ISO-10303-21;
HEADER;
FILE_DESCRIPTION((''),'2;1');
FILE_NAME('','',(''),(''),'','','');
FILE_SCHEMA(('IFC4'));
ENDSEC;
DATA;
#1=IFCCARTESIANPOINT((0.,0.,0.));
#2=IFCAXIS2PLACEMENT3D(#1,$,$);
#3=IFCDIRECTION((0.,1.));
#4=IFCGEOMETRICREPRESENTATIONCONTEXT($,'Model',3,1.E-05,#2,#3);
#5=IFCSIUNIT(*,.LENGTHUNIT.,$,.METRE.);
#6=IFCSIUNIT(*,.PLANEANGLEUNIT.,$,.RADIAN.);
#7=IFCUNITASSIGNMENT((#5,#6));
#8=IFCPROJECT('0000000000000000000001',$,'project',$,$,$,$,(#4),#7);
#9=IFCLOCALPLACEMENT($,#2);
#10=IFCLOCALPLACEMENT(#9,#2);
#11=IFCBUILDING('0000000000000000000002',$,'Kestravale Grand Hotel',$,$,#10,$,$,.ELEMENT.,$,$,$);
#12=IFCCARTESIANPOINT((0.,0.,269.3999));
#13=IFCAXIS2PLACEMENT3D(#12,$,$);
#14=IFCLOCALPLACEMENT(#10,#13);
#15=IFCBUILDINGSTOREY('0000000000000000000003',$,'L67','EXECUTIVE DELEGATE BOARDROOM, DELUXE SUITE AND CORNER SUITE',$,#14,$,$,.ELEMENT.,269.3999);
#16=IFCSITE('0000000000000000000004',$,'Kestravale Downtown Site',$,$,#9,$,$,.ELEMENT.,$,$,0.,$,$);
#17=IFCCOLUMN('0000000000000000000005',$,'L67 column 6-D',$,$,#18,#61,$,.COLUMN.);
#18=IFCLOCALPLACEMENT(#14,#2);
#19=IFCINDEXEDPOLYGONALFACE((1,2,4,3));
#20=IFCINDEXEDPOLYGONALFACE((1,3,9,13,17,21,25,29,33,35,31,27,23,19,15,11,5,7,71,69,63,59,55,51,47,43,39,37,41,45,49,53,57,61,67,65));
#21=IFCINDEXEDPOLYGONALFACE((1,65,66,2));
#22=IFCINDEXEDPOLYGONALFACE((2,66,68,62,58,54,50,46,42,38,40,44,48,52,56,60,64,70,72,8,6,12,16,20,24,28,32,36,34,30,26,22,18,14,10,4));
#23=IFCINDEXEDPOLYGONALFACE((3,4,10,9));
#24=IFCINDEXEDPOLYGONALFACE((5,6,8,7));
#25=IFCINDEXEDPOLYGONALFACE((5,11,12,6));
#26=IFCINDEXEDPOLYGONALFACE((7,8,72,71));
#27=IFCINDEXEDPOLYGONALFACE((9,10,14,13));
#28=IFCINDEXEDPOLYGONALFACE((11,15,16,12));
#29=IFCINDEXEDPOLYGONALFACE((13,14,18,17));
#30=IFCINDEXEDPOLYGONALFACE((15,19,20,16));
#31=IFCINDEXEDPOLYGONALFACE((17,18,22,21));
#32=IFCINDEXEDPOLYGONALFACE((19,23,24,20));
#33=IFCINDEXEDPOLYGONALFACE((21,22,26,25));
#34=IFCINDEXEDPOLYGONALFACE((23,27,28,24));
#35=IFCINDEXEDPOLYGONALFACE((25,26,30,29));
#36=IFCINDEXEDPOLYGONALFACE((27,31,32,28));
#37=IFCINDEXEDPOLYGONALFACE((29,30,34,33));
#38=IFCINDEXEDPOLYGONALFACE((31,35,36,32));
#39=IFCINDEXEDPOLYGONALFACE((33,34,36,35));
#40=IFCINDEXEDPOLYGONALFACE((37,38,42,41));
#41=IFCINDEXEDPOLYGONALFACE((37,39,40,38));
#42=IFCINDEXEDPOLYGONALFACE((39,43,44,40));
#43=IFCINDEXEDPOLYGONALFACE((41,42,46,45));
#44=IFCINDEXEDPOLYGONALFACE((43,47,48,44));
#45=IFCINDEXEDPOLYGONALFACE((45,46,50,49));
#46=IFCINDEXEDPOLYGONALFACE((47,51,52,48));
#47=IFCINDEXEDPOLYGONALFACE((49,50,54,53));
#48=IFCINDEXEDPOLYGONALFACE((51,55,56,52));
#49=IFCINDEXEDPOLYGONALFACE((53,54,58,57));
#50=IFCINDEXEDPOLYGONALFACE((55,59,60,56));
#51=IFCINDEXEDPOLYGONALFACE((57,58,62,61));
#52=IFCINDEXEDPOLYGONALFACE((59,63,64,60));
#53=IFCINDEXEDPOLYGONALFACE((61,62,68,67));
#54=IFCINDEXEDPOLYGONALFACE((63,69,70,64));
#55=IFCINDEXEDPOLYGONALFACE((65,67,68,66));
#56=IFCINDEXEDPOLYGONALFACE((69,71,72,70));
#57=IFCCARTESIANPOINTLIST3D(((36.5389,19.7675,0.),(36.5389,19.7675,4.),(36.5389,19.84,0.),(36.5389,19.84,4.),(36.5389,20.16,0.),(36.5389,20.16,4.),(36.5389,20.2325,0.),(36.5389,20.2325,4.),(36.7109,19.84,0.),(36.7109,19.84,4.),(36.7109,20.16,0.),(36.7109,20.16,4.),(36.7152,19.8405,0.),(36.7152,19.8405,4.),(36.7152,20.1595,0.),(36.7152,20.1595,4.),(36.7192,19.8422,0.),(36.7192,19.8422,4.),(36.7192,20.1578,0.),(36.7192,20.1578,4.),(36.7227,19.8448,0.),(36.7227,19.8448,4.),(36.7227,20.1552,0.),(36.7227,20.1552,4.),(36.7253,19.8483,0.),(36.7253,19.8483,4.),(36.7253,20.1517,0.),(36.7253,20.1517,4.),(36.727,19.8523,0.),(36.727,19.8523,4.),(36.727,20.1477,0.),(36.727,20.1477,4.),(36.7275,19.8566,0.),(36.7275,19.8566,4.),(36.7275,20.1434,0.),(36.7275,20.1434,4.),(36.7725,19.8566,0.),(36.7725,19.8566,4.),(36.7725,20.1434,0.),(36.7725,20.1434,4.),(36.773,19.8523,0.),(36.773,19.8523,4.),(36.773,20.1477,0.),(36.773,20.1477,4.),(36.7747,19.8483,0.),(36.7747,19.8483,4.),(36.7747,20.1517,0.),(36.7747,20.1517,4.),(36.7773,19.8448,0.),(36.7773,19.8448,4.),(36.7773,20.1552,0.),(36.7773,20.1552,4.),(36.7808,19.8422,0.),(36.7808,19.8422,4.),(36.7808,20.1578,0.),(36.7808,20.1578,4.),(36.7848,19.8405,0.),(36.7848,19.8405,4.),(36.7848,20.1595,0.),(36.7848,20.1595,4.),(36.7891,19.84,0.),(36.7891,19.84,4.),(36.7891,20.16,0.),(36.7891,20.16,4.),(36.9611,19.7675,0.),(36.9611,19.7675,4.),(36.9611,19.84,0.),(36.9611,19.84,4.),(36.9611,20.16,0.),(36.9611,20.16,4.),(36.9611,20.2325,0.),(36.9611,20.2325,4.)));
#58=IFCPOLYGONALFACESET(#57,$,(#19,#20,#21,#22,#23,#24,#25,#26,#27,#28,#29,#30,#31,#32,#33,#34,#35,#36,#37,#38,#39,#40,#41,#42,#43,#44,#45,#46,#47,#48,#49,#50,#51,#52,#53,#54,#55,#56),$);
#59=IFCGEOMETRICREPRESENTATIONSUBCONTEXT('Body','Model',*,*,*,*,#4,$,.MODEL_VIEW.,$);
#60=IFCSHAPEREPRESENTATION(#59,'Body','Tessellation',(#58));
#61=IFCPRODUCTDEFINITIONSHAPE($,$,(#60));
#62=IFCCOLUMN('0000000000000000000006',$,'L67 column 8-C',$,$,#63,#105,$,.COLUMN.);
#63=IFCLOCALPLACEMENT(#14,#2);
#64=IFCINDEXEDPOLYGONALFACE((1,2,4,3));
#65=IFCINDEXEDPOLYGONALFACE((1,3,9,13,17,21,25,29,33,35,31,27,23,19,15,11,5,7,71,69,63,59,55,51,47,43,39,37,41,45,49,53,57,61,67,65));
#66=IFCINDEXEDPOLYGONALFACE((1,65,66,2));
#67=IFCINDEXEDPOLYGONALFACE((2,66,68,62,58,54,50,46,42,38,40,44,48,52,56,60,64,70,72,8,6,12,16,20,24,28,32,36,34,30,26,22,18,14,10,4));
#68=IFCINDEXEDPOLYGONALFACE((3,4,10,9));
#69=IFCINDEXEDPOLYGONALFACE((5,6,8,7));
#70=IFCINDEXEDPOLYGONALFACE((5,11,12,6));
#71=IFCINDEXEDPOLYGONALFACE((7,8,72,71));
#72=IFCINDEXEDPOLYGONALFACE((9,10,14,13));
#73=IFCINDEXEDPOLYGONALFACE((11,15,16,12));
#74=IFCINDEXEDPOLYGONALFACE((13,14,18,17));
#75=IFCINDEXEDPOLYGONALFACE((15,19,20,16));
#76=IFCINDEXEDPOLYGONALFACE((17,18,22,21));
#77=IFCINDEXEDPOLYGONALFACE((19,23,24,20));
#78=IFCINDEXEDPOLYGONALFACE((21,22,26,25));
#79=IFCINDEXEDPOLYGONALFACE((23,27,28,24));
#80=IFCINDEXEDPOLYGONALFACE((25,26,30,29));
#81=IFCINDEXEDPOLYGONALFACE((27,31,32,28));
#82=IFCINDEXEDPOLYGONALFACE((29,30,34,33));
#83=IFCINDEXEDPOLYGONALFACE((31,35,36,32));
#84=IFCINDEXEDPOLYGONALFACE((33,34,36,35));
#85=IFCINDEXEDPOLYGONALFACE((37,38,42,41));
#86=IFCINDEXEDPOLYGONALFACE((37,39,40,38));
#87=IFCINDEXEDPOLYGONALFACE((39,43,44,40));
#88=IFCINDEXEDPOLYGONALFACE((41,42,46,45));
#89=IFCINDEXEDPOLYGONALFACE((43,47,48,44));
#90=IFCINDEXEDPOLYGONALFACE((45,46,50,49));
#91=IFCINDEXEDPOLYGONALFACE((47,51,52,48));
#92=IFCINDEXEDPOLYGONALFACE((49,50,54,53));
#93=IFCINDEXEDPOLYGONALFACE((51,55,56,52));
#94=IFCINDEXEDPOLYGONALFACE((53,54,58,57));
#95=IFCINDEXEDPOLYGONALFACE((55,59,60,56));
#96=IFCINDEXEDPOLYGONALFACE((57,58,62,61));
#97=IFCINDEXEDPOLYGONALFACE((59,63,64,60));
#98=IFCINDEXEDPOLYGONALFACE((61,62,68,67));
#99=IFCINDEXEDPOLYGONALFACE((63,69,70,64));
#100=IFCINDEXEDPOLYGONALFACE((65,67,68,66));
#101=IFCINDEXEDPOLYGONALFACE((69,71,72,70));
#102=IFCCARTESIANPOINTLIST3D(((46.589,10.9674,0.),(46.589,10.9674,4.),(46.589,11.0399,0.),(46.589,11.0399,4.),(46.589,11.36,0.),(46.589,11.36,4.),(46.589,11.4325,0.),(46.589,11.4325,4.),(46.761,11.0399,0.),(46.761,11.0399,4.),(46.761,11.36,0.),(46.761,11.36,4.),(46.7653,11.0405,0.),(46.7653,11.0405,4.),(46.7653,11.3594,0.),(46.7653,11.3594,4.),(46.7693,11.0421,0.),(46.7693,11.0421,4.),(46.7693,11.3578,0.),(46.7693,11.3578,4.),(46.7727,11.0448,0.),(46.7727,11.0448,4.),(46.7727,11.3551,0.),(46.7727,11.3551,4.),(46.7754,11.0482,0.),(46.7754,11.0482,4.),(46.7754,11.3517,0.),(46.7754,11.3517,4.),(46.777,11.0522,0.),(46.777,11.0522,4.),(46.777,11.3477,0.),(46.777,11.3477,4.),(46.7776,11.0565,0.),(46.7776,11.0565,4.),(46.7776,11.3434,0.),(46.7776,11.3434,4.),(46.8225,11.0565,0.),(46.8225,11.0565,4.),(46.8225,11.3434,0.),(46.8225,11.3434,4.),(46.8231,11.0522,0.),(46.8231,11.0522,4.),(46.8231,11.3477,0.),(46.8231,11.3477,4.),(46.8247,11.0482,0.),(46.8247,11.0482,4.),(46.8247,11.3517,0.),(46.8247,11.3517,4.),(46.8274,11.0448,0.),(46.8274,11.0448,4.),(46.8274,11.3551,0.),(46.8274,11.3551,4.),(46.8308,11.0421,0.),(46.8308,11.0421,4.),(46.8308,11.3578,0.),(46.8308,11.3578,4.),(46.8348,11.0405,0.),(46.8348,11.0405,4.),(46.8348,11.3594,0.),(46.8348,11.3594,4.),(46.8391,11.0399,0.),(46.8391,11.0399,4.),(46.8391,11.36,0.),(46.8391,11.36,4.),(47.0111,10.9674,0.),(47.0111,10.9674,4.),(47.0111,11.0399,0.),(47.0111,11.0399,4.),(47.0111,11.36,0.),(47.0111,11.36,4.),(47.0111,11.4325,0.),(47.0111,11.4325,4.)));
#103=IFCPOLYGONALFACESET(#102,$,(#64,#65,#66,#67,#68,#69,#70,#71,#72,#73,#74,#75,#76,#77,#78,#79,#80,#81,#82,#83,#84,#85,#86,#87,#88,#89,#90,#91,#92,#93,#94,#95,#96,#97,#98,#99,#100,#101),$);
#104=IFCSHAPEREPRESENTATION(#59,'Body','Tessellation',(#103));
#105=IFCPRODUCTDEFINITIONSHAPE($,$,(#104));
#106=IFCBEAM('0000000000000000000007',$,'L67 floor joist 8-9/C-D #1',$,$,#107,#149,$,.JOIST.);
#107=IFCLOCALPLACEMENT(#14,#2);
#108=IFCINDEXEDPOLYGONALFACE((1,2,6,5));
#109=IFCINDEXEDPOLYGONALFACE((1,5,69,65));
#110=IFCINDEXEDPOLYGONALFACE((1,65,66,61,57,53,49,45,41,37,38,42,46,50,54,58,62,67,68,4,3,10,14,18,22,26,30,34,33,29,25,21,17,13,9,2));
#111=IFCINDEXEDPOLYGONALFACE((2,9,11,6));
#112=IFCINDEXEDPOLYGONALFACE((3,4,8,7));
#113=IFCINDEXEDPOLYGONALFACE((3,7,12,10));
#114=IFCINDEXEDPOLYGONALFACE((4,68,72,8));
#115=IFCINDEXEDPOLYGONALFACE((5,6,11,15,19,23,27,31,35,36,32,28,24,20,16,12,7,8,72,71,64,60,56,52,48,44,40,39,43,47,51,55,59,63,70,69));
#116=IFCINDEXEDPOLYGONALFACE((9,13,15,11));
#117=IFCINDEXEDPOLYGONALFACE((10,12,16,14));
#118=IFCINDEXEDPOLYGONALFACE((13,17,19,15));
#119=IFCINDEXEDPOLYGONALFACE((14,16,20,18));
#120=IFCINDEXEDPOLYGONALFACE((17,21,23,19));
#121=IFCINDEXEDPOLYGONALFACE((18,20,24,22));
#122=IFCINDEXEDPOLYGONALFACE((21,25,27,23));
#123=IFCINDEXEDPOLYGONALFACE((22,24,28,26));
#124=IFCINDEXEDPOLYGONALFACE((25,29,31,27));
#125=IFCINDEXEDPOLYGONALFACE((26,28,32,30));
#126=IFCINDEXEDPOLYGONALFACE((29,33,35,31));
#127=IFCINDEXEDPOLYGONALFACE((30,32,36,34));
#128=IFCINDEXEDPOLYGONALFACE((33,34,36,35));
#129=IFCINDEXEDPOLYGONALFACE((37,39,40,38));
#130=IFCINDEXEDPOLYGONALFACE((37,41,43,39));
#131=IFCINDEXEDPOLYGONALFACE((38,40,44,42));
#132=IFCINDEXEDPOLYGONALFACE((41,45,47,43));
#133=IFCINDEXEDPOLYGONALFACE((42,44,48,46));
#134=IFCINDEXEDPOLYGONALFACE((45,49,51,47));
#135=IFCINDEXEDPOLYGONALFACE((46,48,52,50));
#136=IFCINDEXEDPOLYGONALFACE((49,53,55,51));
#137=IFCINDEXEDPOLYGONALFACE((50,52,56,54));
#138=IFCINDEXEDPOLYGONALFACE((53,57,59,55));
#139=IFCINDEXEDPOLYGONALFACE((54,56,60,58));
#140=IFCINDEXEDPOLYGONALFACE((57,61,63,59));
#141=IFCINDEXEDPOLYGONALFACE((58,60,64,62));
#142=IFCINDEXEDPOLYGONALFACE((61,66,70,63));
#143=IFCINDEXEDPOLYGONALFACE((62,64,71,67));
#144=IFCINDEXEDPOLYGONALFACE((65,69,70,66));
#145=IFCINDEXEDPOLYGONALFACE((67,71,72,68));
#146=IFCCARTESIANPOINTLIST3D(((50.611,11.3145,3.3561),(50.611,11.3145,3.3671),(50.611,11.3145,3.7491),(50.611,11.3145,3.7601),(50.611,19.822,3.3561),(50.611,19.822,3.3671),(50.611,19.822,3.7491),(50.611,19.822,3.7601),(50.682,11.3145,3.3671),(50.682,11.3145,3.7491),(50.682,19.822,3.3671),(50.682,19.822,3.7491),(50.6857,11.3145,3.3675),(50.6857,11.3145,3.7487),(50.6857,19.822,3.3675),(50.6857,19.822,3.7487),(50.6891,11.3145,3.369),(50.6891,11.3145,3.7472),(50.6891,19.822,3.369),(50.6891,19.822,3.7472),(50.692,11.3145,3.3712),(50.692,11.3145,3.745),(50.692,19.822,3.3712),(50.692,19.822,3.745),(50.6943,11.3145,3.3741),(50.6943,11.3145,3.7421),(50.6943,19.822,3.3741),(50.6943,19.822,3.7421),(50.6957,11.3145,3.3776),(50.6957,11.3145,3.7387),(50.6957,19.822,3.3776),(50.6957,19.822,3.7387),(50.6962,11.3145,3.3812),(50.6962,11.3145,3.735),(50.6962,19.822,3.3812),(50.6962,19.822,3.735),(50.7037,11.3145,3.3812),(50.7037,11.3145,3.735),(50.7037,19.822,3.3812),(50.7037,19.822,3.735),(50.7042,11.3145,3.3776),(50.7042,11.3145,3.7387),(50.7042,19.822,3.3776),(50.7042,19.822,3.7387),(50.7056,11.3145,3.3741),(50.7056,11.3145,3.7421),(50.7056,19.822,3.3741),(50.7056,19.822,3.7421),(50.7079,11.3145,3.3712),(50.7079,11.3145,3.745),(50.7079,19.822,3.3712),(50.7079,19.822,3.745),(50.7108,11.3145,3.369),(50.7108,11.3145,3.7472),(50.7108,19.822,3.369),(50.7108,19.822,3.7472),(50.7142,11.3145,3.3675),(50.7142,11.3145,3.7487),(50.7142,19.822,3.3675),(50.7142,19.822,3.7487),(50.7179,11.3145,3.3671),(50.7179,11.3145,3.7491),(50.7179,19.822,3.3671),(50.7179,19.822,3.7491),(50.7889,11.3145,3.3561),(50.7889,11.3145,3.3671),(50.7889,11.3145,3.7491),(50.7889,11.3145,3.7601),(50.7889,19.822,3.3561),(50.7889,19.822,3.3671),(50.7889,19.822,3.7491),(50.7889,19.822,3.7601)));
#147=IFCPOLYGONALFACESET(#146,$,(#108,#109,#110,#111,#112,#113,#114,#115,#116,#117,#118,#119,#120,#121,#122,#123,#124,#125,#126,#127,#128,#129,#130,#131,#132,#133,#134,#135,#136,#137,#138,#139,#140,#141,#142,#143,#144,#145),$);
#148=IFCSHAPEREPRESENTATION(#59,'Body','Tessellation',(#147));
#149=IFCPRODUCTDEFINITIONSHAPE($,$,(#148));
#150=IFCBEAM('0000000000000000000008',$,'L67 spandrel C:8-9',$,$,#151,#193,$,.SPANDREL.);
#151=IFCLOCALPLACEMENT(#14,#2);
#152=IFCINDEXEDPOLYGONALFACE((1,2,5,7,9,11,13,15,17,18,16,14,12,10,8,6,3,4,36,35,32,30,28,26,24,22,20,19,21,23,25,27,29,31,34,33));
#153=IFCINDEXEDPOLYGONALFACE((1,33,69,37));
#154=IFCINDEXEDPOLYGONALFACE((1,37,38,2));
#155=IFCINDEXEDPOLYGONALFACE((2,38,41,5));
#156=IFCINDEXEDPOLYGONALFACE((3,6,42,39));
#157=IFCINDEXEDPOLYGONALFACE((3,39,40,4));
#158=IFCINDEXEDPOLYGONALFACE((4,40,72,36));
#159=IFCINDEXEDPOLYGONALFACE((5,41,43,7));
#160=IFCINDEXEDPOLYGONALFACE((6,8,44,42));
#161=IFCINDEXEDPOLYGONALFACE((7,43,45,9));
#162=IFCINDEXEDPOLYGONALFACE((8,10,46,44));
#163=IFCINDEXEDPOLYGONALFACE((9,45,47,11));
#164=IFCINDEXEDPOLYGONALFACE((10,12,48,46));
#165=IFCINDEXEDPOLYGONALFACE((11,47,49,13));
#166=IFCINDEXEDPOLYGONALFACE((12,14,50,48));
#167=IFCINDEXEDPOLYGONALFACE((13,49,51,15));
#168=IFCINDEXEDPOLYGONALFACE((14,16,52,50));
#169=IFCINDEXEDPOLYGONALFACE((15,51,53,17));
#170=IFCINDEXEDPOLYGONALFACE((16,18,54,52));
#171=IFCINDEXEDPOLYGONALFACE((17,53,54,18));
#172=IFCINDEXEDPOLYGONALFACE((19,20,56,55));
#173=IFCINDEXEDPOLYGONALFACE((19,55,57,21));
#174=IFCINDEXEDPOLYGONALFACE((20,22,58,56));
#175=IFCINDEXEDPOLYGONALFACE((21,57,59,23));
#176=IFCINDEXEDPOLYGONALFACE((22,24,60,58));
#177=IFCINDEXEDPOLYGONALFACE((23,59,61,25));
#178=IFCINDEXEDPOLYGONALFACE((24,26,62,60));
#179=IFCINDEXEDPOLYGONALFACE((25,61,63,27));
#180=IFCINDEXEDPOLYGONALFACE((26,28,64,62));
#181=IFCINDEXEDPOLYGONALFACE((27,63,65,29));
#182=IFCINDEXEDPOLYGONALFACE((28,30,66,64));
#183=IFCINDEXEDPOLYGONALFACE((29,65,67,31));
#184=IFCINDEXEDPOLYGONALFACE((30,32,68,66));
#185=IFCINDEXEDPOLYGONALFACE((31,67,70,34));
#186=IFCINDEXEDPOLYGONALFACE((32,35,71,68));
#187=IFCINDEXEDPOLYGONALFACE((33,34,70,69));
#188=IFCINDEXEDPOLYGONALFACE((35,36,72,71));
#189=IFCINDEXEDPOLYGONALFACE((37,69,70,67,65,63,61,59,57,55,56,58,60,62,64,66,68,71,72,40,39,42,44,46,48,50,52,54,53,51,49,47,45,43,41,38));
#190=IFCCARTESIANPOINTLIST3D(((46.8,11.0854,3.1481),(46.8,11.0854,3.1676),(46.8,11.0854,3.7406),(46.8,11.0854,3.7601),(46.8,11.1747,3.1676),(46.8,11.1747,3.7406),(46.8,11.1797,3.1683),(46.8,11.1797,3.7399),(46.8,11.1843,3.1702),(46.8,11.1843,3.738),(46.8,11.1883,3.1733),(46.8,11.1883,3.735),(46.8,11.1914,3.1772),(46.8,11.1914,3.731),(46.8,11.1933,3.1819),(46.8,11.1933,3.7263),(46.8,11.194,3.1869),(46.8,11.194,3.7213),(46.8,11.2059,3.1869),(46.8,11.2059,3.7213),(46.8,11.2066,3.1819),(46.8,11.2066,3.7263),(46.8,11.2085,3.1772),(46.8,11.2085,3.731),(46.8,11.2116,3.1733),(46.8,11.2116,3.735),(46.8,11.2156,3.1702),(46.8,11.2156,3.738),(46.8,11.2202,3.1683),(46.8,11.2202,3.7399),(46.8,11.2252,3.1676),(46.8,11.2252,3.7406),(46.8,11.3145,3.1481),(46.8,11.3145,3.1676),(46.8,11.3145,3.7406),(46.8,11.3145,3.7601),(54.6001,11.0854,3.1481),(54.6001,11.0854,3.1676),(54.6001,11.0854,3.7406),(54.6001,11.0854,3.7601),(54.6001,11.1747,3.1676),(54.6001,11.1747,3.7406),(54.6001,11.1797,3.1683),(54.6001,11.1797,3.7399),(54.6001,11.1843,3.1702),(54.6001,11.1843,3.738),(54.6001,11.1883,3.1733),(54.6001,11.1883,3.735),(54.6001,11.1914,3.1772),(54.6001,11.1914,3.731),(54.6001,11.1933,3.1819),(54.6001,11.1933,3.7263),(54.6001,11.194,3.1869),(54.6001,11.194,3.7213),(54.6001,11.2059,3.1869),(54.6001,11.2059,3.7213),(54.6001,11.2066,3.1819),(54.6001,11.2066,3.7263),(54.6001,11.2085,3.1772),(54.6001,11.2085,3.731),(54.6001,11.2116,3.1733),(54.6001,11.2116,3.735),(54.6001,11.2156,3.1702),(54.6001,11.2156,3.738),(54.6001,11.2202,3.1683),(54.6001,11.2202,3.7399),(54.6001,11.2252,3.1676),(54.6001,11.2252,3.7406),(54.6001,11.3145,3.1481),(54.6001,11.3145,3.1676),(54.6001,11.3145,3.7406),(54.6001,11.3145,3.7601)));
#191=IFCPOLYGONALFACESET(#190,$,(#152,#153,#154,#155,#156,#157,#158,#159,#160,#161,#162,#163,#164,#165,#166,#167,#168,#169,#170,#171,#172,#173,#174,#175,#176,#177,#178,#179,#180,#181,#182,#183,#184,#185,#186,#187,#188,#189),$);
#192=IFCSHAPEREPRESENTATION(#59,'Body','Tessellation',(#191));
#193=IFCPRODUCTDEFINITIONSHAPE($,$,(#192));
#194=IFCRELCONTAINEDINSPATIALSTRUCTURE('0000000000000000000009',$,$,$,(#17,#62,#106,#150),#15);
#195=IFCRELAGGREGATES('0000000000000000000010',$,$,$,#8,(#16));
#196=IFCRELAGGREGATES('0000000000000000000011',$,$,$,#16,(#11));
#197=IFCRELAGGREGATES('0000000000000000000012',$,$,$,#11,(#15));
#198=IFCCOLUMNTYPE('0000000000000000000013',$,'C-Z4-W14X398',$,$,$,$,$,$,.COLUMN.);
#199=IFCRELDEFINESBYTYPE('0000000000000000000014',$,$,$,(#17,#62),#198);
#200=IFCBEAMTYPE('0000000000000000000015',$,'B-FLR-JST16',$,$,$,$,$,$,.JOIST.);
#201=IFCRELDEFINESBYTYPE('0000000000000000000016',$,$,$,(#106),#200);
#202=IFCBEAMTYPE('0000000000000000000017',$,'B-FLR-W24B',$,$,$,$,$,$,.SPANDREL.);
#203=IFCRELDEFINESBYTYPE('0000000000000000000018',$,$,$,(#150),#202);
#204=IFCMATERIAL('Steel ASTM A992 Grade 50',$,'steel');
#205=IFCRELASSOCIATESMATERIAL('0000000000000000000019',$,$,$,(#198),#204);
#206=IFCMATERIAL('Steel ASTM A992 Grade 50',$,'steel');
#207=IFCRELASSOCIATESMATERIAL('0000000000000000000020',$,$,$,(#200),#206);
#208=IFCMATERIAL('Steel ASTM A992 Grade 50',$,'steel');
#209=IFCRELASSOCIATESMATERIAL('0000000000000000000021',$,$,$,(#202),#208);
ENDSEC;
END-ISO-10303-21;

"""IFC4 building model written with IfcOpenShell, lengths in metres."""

from ifc_helpers import new_model, si_unit, direction, frame, origin, origin_2d, place, context, subcontext, project, spatial, i_section, extrude, material, material_profile, profile_set, type_object, element, save


model = new_model("IFC4")

# Units and contexts
model_context = context("Model", 3, precision=1e-05, world=origin(), true_north=direction((0.0, 1.0)))
body_context = subcontext(model_context, "Body", "Model", "MODEL_VIEW")
ifc_project = project(units=[si_unit("LENGTHUNIT", "METRE"), si_unit("PLANEANGLEUNIT", "RADIAN")], contexts=[model_context])

# Site, building, storey
site_placement = place(None, origin())
site = spatial("IfcSite", under=ifc_project, at=site_placement, Name="Kestravale Downtown Site", CompositionType="ELEMENT", RefElevation=0.0)
building_placement = place(site_placement, origin())
building = spatial("IfcBuilding", under=site, at=building_placement, Name="Kestravale Grand Hotel", CompositionType="ELEMENT")
storey_placement = place(building_placement, frame((0.0, 0.0, 269.3999)))
storey = spatial("IfcBuildingStorey", under=building, at=storey_placement, Name="L67", Description="EXECUTIVE DELEGATE BOARDROOM, DELUXE SUITE AND CORNER SUITE", CompositionType="ELEMENT", Elevation=269.3999)

# Columns
ifc_material_1 = material(Name="Steel ASTM A992 Grade 50", Category="steel")
ifc_material_profile_1 = material_profile(ifc_material_1, i_section(OverallWidth=0.4221, OverallDepth=0.4651, WebThickness=0.0449, FlangeThickness=0.0725, FilletRadius=0.0166, at=origin_2d()))
ifc_profile_set_1 = profile_set([ifc_material_profile_1], Name="Steel ASTM A992 Grade 50")
column_type = type_object("IfcColumnType", Name="C-Z4-W14X398", PredefinedType="COLUMN", material=ifc_profile_set_1)
for number, where, z_axis, x_axis, name in (
    (1, (36.75, 20.0, 0.0), (0.0, 0.0, 1.0), (1.0, 0.0, 0.0), "L67 column 6-D"),
    (2, (46.8, 11.2, 0.0), (0.0, 0.0, 1.0), (1.0, 0.0, 0.0), "L67 column 8-C"),
):
    element("IfcColumn", number, at=place(storey_placement, frame(where, z_axis=z_axis, x_axis=x_axis)), inside=storey, type_object=column_type, Name=name, PredefinedType="COLUMN", context=body_context, shape_type="SweptSolid", body=[
        extrude(i_section(OverallWidth=0.4221, OverallDepth=0.4651, WebThickness=0.0449, FlangeThickness=0.0725, FilletRadius=0.0166, at=origin_2d()), origin(), (0.0, 0.0, 1.0), 4.0),
    ])

# Beams
ifc_material_2 = material(Name="Steel ASTM A992 Grade 50", Category="steel")
ifc_material_profile_2 = material_profile(ifc_material_2, i_section(OverallWidth=0.178, OverallDepth=0.4041, WebThickness=0.0076, FlangeThickness=0.011, FilletRadius=0.0142, at=origin_2d()))
ifc_profile_set_2 = profile_set([ifc_material_profile_2], Name="Steel ASTM A992 Grade 50")
beam_type_1 = type_object("IfcBeamType", Name="B-FLR-JST16", PredefinedType="JOIST", material=ifc_profile_set_2)
beam_1_placement = place(storey_placement, frame((50.7, 11.3145, 3.5581), z_axis=(0.0, 1.0, 0.0), x_axis=(-1.0, 0.0, 0.0)))
element("IfcBeam", 3, at=beam_1_placement, inside=storey, type_object=beam_type_1, Name="L67 floor joist 8-9/C-D #1", PredefinedType="JOIST", context=body_context, shape_type="SweptSolid", body=[
    extrude(i_section(OverallWidth=0.178, OverallDepth=0.4041, WebThickness=0.0076, FlangeThickness=0.011, FilletRadius=0.0142, at=origin_2d()), origin(), (0.0, 0.0, 1.0), 8.5076),
])
ifc_material_3 = material(Name="Steel ASTM A992 Grade 50", Category="steel")
ifc_material_profile_3 = material_profile(ifc_material_3, i_section(OverallWidth=0.229, OverallDepth=0.6121, WebThickness=0.012, FlangeThickness=0.0195, FilletRadius=0.0193, at=origin_2d()))
ifc_profile_set_3 = profile_set([ifc_material_profile_3], Name="Steel ASTM A992 Grade 50")
beam_type_2 = type_object("IfcBeamType", Name="B-FLR-W24B", PredefinedType="SPANDREL", material=ifc_profile_set_3)
beam_2_placement = place(storey_placement, frame((46.8, 11.2, 3.4541), z_axis=(1.0, 0.0, 0.0), x_axis=(0.0, 1.0, 0.0)))
element("IfcBeam", 4, at=beam_2_placement, inside=storey, type_object=beam_type_2, Name="L67 spandrel C:8-9", PredefinedType="SPANDREL", context=body_context, shape_type="SweptSolid", body=[
    extrude(i_section(OverallWidth=0.229, OverallDepth=0.6121, WebThickness=0.012, FlangeThickness=0.0195, FilletRadius=0.0193, at=origin_2d()), origin(), (0.0, 0.0, 1.0), 7.8),
])

save(model, "model.ifc")
